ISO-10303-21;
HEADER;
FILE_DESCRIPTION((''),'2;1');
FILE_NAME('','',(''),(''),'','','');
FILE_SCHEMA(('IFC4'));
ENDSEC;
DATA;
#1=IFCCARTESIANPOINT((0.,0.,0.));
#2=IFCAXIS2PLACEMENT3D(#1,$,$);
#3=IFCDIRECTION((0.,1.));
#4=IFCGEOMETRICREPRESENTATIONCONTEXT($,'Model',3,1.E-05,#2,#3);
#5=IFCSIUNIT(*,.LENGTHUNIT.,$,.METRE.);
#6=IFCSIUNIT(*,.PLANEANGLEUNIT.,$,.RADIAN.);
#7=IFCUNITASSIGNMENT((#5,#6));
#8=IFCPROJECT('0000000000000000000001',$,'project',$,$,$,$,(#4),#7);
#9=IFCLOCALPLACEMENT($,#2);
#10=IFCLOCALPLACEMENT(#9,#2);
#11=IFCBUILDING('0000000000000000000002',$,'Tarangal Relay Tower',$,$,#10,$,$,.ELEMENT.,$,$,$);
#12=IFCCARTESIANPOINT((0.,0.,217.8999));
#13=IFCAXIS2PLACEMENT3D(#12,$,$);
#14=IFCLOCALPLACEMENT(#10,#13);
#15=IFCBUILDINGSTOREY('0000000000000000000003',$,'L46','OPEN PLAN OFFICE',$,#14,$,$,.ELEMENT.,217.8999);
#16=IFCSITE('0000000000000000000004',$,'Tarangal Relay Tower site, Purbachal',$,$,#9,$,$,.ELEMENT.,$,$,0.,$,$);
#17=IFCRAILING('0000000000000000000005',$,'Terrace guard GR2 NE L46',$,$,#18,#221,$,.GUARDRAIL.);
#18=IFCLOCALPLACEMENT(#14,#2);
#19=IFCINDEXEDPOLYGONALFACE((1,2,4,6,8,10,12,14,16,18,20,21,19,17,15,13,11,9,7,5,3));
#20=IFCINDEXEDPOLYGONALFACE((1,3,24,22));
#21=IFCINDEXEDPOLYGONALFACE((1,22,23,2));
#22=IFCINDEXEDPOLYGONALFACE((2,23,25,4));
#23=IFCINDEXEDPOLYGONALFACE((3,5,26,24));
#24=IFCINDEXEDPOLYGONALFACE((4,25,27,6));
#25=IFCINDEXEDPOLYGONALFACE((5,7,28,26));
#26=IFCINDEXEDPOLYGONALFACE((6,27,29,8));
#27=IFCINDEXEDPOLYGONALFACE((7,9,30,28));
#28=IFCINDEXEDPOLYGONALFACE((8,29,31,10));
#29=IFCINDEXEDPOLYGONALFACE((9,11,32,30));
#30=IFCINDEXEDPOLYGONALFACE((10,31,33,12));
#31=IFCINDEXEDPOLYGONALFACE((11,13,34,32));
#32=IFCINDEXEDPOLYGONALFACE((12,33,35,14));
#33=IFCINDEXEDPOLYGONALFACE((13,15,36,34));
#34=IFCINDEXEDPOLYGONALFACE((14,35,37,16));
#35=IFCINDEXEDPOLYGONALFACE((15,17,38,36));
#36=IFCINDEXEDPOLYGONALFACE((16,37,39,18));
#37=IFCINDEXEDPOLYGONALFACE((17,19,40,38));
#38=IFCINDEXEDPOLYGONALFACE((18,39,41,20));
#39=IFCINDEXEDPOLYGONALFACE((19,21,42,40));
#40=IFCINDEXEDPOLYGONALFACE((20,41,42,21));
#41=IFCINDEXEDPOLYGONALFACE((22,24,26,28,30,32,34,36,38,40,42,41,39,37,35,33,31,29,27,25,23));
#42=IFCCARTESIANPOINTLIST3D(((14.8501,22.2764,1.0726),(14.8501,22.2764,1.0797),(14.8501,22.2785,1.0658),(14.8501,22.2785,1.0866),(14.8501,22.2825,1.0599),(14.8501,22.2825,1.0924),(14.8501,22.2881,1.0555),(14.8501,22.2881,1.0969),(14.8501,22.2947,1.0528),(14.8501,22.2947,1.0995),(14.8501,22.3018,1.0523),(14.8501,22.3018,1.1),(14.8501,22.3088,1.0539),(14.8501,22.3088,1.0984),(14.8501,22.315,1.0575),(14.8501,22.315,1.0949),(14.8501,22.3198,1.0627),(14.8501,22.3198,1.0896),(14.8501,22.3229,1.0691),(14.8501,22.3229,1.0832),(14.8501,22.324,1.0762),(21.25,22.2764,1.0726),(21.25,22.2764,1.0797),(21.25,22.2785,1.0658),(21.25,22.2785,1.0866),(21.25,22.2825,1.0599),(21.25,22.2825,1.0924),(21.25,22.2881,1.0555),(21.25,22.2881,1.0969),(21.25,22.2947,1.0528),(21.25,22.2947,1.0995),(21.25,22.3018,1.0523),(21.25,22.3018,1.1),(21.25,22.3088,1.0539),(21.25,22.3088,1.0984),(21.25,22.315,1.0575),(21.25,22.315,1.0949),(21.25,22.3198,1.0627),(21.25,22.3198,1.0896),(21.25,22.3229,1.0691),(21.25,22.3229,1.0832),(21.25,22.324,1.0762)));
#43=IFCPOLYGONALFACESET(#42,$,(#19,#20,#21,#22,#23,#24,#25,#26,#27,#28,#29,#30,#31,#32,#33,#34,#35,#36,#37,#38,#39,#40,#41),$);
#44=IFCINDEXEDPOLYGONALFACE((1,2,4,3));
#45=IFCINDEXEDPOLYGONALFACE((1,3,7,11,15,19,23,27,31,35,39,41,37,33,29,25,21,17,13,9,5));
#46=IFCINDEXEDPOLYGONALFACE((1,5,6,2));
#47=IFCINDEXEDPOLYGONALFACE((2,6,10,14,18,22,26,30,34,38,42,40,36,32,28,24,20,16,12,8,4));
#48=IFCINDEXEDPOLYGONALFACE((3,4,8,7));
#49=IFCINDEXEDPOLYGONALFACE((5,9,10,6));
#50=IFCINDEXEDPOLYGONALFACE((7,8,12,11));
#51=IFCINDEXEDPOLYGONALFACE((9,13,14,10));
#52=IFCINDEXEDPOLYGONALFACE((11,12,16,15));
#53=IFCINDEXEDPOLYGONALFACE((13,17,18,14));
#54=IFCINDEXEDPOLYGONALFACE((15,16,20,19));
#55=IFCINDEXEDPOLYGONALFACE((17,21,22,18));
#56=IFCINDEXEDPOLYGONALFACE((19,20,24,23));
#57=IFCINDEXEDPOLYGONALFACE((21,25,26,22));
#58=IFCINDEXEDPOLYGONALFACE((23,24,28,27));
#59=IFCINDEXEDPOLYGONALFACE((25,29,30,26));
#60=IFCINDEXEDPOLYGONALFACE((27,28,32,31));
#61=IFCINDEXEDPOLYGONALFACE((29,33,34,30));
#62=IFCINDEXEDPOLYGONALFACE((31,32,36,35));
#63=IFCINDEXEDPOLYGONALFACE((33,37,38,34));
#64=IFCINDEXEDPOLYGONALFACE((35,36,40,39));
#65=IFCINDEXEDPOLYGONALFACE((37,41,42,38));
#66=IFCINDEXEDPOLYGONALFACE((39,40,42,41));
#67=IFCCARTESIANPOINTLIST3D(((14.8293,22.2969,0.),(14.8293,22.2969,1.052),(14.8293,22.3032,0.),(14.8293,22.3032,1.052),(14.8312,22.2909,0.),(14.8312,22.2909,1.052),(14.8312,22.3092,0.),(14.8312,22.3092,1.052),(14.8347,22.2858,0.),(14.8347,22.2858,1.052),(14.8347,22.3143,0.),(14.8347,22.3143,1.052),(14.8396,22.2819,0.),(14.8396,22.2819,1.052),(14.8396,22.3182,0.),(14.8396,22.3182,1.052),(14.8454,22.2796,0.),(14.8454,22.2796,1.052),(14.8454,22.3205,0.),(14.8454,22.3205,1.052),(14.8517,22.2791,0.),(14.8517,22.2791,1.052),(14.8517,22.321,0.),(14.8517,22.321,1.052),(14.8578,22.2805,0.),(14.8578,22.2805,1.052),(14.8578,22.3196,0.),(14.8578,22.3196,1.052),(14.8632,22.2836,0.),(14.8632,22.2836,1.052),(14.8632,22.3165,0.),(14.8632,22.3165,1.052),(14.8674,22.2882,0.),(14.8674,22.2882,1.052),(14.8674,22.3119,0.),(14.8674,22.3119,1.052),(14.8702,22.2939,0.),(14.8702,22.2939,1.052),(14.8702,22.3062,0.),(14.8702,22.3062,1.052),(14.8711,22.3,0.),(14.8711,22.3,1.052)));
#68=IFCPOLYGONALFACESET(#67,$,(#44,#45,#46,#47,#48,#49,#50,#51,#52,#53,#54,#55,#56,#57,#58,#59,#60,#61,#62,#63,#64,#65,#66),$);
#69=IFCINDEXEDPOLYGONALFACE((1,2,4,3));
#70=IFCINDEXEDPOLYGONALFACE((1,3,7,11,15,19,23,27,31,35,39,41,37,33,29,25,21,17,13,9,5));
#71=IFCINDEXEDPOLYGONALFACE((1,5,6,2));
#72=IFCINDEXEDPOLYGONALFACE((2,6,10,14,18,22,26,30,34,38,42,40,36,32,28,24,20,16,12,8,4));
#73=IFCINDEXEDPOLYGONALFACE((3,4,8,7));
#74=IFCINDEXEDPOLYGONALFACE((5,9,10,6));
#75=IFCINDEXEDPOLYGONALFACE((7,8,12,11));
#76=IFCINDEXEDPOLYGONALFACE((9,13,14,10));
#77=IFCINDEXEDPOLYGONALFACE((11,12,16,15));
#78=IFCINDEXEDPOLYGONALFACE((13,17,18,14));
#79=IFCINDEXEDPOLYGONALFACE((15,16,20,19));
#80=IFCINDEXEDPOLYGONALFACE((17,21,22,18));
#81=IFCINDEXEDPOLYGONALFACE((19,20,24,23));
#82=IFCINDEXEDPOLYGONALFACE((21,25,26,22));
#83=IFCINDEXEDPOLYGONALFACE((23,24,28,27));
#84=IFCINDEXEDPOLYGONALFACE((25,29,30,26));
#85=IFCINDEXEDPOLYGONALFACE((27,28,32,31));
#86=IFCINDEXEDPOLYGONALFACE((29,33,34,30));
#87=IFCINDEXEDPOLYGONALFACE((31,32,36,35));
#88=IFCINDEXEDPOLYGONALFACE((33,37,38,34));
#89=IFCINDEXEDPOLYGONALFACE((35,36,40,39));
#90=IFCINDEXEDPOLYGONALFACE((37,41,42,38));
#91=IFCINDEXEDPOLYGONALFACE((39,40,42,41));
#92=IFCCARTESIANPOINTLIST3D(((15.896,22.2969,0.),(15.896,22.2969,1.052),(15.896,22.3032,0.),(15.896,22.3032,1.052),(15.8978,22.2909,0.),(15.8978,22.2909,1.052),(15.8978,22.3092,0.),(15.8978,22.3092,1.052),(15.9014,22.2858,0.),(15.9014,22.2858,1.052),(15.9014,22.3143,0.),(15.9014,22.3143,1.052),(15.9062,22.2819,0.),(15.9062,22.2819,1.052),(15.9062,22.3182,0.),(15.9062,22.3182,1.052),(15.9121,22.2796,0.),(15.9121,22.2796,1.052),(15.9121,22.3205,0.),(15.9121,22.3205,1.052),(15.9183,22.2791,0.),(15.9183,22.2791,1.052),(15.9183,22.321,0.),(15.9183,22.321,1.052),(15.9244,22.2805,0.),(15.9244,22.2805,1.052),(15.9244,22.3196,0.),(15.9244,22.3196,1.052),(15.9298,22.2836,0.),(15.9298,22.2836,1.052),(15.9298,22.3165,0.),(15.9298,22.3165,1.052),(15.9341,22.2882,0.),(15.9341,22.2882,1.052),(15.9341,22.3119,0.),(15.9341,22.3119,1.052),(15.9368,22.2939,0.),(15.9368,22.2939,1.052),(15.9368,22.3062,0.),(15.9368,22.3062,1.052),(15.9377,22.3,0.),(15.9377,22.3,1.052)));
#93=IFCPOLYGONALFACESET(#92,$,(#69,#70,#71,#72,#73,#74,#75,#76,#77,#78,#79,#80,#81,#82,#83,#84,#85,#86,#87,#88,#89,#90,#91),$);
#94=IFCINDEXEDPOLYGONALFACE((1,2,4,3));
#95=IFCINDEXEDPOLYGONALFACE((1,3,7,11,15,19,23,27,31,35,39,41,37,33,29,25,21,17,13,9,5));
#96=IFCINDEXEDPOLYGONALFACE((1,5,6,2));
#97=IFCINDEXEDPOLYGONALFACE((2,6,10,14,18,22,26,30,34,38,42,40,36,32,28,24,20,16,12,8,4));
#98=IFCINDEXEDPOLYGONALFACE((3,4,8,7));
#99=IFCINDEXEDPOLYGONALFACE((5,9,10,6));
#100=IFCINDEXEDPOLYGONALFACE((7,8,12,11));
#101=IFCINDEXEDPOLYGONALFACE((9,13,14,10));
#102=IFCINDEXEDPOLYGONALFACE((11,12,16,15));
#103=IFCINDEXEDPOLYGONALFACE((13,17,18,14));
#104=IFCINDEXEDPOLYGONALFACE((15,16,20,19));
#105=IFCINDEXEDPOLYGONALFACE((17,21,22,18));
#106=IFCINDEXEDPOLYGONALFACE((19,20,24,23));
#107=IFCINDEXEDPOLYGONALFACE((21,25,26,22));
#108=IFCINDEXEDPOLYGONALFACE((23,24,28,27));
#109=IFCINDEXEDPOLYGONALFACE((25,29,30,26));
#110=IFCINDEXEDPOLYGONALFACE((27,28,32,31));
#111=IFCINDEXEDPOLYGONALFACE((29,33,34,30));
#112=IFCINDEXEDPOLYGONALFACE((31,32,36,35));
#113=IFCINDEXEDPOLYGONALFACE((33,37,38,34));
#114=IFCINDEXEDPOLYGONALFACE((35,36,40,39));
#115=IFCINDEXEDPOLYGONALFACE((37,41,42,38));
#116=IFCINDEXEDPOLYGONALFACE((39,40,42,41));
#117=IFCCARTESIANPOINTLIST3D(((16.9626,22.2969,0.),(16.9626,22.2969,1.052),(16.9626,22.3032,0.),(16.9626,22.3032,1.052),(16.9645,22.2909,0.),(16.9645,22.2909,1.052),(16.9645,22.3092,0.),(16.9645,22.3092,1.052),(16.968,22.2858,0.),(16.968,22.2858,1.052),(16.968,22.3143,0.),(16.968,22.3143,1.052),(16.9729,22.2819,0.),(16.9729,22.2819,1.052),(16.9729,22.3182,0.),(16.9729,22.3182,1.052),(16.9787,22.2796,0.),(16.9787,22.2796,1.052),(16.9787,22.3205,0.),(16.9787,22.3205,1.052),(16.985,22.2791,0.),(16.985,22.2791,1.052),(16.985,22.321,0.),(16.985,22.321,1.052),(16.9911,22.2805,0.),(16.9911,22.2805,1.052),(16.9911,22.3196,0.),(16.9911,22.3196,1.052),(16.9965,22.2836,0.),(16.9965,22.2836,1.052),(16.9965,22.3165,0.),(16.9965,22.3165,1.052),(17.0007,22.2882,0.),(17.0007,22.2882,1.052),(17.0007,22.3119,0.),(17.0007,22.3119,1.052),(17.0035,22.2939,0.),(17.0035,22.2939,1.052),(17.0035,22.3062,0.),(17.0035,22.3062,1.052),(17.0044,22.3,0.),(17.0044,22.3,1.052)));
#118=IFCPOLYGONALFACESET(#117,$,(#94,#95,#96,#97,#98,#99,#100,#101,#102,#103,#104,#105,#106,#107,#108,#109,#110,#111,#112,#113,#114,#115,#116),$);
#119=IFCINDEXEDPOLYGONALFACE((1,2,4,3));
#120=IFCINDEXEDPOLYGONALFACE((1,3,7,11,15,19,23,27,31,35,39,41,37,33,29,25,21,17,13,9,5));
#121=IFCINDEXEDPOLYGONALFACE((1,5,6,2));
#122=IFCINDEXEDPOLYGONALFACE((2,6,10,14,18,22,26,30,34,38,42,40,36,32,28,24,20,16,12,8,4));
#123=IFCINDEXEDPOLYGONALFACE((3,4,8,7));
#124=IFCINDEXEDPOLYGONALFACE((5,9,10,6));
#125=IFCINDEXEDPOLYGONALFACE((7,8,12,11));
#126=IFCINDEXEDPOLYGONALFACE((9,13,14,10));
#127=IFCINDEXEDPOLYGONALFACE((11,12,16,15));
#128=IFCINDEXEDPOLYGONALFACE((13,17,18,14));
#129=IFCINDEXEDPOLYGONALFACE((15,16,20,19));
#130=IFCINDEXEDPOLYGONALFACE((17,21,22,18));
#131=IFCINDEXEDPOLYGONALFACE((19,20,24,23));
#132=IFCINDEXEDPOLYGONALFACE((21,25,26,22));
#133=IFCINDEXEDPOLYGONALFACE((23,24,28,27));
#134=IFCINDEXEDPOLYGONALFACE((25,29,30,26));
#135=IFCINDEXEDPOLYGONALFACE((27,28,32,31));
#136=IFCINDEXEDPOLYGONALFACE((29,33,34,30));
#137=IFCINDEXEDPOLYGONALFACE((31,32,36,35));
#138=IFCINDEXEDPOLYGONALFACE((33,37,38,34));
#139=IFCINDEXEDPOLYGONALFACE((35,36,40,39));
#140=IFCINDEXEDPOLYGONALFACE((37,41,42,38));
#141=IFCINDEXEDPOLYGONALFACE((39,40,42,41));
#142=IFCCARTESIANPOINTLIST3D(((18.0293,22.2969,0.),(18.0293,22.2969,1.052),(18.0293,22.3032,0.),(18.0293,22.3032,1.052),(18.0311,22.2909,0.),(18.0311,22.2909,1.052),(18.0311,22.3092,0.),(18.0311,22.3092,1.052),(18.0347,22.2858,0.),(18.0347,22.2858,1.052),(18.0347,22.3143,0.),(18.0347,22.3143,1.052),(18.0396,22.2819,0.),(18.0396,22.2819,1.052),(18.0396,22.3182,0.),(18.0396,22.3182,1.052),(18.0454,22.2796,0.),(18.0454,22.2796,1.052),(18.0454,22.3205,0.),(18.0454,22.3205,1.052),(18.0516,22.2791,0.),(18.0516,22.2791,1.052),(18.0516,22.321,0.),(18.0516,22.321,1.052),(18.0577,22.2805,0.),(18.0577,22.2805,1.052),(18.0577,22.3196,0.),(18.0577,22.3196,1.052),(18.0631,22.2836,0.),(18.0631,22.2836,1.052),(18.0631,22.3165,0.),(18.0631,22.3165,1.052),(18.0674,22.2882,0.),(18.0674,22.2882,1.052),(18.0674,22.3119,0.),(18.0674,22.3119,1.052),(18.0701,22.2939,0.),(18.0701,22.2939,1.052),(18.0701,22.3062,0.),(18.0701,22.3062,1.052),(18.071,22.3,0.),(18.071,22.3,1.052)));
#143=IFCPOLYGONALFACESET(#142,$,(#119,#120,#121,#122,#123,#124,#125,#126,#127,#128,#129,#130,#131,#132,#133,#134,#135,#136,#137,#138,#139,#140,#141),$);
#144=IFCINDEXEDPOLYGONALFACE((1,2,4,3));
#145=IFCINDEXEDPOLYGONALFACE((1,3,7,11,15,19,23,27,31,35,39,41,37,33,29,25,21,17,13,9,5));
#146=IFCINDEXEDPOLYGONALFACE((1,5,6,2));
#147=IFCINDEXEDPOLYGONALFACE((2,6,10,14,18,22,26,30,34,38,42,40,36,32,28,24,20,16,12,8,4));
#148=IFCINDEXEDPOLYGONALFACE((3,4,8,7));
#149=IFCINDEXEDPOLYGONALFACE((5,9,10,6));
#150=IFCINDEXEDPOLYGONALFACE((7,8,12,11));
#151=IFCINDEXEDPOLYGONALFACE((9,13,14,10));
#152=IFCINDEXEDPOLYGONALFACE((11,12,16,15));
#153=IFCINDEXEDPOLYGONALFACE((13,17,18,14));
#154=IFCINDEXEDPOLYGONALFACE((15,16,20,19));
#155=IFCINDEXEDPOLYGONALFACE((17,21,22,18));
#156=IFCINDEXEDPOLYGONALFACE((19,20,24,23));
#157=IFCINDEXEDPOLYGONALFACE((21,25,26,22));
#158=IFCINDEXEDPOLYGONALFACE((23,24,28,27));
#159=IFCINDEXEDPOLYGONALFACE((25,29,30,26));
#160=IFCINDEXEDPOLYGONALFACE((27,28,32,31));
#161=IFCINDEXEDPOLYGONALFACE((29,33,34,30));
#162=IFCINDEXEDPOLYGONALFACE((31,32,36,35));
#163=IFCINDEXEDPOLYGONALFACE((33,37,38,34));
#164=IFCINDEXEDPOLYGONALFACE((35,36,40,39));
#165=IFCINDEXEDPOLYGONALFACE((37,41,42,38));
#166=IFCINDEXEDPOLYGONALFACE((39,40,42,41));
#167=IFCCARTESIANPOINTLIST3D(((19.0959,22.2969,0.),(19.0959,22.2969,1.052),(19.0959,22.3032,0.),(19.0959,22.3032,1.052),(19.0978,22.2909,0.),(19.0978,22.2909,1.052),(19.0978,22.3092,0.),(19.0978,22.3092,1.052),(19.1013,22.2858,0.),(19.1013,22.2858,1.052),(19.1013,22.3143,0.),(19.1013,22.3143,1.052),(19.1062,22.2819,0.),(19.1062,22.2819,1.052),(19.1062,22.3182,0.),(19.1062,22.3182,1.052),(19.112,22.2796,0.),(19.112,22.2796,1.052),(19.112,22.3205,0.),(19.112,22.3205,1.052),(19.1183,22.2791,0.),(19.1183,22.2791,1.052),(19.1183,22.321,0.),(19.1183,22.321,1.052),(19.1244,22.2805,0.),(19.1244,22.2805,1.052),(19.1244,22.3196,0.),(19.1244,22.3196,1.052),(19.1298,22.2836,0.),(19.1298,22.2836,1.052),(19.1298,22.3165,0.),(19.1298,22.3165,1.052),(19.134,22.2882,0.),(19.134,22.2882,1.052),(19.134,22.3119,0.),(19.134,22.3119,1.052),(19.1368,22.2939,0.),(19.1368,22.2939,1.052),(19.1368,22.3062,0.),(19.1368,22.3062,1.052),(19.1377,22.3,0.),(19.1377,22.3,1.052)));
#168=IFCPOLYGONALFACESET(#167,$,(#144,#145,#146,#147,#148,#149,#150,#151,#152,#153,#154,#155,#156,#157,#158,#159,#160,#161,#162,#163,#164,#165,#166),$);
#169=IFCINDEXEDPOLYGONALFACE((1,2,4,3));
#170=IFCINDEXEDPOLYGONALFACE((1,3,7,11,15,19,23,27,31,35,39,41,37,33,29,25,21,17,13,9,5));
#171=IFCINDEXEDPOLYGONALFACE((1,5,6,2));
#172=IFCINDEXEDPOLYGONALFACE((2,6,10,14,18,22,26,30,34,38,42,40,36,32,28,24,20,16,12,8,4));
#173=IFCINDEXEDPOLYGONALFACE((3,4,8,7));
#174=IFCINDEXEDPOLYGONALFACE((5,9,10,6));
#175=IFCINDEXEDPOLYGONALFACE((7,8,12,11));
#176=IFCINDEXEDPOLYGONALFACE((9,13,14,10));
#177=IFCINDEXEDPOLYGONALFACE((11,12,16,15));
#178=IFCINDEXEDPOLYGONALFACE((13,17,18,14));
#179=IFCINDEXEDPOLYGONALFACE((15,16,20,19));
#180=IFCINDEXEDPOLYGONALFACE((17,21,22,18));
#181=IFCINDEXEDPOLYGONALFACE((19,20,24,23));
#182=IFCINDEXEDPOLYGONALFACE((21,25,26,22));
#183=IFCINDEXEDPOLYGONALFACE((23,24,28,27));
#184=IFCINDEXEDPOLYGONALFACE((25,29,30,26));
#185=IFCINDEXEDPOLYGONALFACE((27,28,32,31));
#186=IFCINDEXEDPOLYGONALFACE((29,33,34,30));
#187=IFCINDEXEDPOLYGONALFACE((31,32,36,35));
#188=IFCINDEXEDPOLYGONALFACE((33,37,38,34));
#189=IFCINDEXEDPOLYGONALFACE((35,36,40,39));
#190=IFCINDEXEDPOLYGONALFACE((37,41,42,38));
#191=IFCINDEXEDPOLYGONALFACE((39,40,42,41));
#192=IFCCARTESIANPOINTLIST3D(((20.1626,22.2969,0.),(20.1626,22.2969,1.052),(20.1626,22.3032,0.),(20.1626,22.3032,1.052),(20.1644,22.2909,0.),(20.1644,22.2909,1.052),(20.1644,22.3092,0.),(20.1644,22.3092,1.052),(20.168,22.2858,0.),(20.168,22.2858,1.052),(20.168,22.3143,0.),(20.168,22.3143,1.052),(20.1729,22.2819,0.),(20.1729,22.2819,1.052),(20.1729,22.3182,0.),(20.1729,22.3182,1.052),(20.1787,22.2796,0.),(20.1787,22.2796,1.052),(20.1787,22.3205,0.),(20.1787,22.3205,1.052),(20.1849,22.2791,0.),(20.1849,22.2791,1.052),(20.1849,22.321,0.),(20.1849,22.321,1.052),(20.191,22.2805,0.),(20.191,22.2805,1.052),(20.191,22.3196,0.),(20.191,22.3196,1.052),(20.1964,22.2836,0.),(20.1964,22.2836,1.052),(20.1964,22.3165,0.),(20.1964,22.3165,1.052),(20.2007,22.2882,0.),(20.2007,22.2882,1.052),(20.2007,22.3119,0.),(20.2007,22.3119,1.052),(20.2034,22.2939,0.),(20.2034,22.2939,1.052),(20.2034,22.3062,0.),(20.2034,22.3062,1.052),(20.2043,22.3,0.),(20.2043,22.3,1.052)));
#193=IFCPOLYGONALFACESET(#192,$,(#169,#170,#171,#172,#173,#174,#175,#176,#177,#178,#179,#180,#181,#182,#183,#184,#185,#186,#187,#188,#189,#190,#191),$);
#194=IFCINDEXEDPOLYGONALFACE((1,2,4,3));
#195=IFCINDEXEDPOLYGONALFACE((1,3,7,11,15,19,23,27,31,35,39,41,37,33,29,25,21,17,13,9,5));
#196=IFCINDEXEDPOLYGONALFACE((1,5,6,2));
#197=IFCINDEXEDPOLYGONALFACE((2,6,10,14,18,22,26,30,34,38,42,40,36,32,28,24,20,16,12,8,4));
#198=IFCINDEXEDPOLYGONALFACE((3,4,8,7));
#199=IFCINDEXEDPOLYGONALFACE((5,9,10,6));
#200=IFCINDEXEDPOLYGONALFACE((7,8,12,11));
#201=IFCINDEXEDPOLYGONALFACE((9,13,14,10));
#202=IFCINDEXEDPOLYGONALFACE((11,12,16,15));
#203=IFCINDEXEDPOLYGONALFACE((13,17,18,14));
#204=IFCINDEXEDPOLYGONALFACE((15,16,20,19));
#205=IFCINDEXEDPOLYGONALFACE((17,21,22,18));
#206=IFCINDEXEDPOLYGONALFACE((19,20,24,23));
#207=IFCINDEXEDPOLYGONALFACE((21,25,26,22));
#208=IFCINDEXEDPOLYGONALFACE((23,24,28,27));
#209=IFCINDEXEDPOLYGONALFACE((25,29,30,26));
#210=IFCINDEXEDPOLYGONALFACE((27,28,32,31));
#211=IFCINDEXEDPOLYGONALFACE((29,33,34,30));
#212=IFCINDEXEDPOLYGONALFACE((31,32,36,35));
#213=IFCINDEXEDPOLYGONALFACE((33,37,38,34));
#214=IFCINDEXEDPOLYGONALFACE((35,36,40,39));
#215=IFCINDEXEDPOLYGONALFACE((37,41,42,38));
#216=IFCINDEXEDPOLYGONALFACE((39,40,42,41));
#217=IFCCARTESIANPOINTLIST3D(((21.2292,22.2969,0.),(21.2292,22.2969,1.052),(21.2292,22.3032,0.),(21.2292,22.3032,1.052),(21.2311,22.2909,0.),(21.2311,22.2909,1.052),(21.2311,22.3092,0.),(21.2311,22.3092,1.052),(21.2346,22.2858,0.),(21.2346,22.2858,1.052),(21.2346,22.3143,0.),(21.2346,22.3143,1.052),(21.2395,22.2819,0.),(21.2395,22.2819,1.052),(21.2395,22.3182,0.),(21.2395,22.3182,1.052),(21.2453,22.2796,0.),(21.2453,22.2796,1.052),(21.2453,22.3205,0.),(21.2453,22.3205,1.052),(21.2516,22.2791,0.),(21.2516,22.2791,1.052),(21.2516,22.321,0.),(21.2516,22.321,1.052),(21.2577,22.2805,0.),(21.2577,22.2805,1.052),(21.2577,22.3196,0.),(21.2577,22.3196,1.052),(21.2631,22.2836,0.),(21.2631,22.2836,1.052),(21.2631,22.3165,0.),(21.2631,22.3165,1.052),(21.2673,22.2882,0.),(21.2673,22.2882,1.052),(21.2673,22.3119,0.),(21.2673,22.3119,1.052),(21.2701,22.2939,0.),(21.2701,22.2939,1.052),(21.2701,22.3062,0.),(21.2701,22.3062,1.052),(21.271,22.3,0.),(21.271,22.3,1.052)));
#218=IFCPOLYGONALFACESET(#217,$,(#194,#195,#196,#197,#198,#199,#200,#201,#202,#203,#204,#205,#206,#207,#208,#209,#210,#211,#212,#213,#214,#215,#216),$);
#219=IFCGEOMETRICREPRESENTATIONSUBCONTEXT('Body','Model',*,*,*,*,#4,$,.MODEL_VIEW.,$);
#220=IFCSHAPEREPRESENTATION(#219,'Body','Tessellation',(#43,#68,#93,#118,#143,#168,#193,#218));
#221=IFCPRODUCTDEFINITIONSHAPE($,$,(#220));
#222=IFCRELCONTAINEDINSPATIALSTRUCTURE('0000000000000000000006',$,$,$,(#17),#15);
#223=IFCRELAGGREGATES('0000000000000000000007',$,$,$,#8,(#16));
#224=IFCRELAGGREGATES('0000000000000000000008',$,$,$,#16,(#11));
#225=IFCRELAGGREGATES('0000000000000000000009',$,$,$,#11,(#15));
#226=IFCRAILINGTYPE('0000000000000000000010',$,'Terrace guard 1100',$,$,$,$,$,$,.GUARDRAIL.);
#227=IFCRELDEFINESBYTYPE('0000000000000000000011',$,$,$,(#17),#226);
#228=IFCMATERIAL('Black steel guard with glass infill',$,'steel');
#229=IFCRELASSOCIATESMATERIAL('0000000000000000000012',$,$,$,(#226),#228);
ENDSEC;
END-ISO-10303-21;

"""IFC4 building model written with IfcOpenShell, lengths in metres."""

from ifc_helpers import new_model, si_unit, direction, frame, origin, origin_2d, place, context, subcontext, project, spatial, circle, extrude, material, type_object, element, save


model = new_model("IFC4")

# Units and contexts
model_context = context("Model", 3, precision=1e-05, world=origin(), true_north=direction((0.0, 1.0)))
body_context = subcontext(model_context, "Body", "Model", "MODEL_VIEW")
ifc_project = project(units=[si_unit("LENGTHUNIT", "METRE"), si_unit("PLANEANGLEUNIT", "RADIAN")], contexts=[model_context])

# Site, building, storey
site_placement = place(None, origin())
site = spatial("IfcSite", under=ifc_project, at=site_placement, Name="Tarangal Relay Tower site, Purbachal", CompositionType="ELEMENT", RefElevation=0.0)
building_placement = place(site_placement, origin())
building = spatial("IfcBuilding", under=site, at=building_placement, Name="Tarangal Relay Tower", CompositionType="ELEMENT")
storey_placement = place(building_placement, frame((0.0, 0.0, 217.8999)))
storey = spatial("IfcBuildingStorey", under=building, at=storey_placement, Name="L46", Description="OPEN PLAN OFFICE", CompositionType="ELEMENT", Elevation=217.8999)

# Railing
ifc_material_1 = material(Name="Black steel guard with glass infill", Category="steel")
railing_type = type_object("IfcRailingType", Name="Terrace guard 1100", PredefinedType="GUARDRAIL", material=ifc_material_1)
railing_1_placement = place(storey_placement, frame((14.8501, 22.3, 0.0)))
element("IfcRailing", 1, at=railing_1_placement, inside=storey, type_object=railing_type, Name="Terrace guard GR2 NE L46", PredefinedType="GUARDRAIL", context=body_context, shape_type="SweptSolid", body=[
    extrude(circle(Radius=0.0239, at=origin_2d()), frame((0.0, 0.0, 1.0762), z_axis=(1.0, 0.0, 0.0), x_axis=(0.0, 1.0, 0.0)), (0.0, 0.0, 1.0), 6.3999),
    extrude(circle(Radius=0.021, at=origin_2d()), origin(), (0.0, 0.0, 1.0), 1.052),
    extrude(circle(Radius=0.021, at=origin_2d()), frame((1.0667, 0.0, 0.0)), (0.0, 0.0, 1.0), 1.052),
    extrude(circle(Radius=0.021, at=origin_2d()), frame((2.1333, 0.0, 0.0)), (0.0, 0.0, 1.0), 1.052),
    extrude(circle(Radius=0.021, at=origin_2d()), frame((3.2, 0.0, 0.0)), (0.0, 0.0, 1.0), 1.052),
    extrude(circle(Radius=0.021, at=origin_2d()), frame((4.2666, 0.0, 0.0)), (0.0, 0.0, 1.0), 1.052),
    extrude(circle(Radius=0.021, at=origin_2d()), frame((5.3333, 0.0, 0.0)), (0.0, 0.0, 1.0), 1.052),
    extrude(circle(Radius=0.021, at=origin_2d()), frame((6.3999, 0.0, 0.0)), (0.0, 0.0, 1.0), 1.052),
])

save(model, "model.ifc")
